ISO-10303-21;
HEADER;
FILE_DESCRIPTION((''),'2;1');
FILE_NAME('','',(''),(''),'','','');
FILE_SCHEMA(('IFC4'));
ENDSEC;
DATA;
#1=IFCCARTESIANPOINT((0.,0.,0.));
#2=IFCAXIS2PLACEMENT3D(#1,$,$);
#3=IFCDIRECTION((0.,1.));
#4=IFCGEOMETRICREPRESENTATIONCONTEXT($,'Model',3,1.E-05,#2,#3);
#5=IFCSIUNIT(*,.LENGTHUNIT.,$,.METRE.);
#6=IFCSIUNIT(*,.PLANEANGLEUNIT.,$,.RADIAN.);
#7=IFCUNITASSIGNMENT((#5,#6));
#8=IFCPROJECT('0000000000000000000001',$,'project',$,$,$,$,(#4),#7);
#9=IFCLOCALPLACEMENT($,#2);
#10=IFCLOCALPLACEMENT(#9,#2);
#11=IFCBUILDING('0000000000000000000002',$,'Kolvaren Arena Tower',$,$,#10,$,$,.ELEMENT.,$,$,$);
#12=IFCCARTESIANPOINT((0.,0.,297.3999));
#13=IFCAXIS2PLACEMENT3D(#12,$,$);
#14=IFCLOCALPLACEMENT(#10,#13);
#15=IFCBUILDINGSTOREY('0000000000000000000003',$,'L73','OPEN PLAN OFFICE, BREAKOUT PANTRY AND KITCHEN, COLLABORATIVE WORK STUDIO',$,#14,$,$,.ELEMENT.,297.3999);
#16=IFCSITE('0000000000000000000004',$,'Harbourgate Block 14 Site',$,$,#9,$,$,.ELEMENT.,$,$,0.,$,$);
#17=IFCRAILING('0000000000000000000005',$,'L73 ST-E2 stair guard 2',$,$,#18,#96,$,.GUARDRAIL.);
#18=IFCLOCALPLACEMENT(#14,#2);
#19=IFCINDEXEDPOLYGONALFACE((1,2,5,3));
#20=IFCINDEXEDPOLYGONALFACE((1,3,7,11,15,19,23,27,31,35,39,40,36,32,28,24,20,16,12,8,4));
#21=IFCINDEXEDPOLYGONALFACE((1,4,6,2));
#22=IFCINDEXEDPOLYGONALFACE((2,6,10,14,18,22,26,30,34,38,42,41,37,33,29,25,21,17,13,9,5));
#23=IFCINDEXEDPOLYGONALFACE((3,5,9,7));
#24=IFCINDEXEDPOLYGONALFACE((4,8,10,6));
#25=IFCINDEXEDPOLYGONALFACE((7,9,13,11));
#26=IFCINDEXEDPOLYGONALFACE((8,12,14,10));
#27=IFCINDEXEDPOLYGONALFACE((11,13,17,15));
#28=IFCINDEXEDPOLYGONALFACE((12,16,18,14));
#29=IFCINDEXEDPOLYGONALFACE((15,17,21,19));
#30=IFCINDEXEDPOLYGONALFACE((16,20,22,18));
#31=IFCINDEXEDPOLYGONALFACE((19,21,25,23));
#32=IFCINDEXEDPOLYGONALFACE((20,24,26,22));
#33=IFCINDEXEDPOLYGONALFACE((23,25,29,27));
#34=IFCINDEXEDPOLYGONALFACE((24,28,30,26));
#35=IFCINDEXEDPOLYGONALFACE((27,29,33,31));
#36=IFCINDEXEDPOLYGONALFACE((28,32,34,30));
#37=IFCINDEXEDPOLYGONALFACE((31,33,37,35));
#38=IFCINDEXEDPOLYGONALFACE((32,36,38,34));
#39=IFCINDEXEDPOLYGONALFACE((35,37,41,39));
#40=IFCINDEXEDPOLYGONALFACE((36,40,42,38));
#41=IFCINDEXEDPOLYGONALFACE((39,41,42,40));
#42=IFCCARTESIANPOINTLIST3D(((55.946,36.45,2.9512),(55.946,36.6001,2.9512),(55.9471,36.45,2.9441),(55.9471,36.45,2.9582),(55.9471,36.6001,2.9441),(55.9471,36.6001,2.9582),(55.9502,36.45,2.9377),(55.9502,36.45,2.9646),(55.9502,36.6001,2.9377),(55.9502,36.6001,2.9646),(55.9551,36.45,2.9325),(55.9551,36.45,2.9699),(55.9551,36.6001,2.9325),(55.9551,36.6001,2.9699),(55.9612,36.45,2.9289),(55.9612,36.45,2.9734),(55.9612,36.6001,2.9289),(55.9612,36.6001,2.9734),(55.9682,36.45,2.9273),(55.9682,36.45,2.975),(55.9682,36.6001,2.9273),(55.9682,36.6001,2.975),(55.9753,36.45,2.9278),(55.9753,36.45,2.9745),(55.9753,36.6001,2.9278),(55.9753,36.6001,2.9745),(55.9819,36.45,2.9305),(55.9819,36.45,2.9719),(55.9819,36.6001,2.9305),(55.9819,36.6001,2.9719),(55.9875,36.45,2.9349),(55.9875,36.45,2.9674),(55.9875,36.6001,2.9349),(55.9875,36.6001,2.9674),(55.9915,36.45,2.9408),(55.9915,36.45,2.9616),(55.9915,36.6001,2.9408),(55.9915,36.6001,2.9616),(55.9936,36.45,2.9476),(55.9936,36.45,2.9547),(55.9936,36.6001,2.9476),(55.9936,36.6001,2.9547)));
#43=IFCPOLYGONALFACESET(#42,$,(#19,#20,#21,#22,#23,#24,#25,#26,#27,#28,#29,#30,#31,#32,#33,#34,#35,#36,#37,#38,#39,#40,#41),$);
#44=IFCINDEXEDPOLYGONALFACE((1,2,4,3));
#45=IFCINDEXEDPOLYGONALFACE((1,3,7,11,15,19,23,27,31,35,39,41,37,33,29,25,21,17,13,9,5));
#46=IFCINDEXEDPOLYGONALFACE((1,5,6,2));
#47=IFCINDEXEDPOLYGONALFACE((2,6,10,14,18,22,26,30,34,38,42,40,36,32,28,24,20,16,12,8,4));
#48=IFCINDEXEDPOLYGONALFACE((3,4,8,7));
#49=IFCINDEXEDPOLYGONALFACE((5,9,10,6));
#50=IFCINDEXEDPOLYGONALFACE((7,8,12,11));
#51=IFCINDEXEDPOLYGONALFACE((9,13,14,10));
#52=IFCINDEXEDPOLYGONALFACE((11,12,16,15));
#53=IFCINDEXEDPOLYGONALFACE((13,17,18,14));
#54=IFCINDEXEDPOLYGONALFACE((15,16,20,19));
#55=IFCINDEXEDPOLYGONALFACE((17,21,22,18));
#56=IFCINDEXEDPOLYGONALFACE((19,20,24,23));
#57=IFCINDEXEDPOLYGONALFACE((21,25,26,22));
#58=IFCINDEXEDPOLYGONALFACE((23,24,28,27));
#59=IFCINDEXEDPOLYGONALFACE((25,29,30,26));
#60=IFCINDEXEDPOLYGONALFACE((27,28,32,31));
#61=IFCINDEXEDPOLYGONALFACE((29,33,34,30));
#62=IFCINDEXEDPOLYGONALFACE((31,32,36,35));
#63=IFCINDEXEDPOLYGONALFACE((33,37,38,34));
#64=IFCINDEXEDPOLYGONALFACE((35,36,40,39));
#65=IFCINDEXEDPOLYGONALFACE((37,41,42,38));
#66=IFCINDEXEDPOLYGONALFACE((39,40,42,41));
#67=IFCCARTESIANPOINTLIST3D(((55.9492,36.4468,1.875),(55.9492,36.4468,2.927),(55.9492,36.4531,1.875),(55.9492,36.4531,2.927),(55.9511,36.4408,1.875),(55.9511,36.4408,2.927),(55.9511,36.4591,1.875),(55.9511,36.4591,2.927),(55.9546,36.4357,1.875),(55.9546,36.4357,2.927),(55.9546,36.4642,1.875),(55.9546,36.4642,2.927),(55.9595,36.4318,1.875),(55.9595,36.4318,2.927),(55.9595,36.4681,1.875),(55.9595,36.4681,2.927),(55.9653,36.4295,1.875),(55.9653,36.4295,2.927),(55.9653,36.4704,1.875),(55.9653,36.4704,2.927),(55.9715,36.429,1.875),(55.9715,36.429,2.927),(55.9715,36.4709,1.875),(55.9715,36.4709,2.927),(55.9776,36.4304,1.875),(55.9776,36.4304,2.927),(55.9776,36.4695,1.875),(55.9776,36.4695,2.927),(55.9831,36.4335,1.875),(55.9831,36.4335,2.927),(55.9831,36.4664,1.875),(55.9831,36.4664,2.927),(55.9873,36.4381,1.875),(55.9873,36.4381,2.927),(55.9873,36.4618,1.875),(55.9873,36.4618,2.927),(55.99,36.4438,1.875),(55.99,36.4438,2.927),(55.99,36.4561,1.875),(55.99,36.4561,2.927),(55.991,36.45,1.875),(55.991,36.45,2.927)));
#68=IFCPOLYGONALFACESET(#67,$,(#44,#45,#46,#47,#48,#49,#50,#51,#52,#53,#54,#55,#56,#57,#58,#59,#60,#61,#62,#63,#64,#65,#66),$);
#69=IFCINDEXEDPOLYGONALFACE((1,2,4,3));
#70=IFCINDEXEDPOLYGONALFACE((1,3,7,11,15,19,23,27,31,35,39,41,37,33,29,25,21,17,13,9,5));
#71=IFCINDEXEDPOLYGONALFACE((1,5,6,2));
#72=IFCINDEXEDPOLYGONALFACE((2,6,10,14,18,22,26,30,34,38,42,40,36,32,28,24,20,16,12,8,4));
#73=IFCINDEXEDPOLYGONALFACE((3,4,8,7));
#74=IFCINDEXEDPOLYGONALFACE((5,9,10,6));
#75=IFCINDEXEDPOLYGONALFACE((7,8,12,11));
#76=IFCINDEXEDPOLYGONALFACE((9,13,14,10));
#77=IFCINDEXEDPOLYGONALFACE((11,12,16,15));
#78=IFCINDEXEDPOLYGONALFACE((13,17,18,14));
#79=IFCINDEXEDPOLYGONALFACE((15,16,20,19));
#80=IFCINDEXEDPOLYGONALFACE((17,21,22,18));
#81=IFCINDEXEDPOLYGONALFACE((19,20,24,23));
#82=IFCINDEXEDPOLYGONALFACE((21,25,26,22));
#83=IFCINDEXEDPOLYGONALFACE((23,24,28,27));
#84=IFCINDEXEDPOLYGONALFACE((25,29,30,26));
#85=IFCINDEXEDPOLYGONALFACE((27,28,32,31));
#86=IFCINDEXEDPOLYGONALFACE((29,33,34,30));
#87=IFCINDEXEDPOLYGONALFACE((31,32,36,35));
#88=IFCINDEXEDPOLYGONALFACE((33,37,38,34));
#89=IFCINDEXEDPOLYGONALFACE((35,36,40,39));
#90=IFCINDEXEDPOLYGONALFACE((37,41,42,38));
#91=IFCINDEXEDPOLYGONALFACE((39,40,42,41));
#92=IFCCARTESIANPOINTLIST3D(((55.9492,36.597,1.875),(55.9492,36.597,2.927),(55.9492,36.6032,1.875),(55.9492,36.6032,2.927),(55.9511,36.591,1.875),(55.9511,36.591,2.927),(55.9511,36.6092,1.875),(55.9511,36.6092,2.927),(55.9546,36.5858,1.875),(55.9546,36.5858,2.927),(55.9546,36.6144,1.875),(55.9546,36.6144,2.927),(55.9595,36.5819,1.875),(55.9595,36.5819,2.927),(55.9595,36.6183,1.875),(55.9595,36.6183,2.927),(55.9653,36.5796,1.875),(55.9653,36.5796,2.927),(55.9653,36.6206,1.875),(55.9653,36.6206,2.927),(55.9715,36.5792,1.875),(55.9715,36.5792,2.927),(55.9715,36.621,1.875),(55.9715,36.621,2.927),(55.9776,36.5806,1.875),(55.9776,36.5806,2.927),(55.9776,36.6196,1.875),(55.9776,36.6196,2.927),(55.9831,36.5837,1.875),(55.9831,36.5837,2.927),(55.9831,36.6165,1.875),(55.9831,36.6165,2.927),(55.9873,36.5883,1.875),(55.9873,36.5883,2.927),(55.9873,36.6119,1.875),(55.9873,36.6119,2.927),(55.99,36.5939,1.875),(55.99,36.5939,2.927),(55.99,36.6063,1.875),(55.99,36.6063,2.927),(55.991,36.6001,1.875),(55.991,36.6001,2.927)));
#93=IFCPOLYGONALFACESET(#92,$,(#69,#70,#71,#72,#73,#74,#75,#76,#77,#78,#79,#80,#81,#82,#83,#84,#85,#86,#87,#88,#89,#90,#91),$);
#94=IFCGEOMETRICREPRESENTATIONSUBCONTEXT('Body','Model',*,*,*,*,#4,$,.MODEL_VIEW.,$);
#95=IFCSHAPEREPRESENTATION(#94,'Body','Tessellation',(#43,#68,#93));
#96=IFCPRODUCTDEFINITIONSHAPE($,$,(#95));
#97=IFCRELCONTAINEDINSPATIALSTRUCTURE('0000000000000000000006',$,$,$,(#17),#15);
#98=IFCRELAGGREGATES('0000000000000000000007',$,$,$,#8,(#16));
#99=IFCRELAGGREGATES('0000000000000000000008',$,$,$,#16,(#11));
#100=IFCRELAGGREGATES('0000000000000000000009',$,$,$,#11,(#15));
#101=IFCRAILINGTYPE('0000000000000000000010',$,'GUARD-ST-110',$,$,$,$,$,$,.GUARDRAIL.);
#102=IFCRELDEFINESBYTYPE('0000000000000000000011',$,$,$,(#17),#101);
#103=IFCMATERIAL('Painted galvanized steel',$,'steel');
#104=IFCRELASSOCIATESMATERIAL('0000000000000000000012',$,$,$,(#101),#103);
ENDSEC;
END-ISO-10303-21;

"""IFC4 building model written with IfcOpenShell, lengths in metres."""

from ifc_helpers import new_model, si_unit, direction, frame, origin, origin_2d, place, context, subcontext, project, spatial, circle, extrude, material, type_object, element, save


model = new_model("IFC4")

# Units and contexts
model_context = context("Model", 3, precision=1e-05, world=origin(), true_north=direction((0.0, 1.0)))
body_context = subcontext(model_context, "Body", "Model", "MODEL_VIEW")
ifc_project = project(units=[si_unit("LENGTHUNIT", "METRE"), si_unit("PLANEANGLEUNIT", "RADIAN")], contexts=[model_context])

# Site, building, storey
site_placement = place(None, origin())
site = spatial("IfcSite", under=ifc_project, at=site_placement, Name="Harbourgate Block 14 Site", CompositionType="ELEMENT", RefElevation=0.0)
building_placement = place(site_placement, origin())
building = spatial("IfcBuilding", under=site, at=building_placement, Name="Kolvaren Arena Tower", CompositionType="ELEMENT")
storey_placement = place(building_placement, frame((0.0, 0.0, 297.3999)))
storey = spatial("IfcBuildingStorey", under=building, at=storey_placement, Name="L73", Description="OPEN PLAN OFFICE, BREAKOUT PANTRY AND KITCHEN, COLLABORATIVE WORK STUDIO", CompositionType="ELEMENT", Elevation=297.3999)

# Railing
ifc_material_1 = material(Name="Painted galvanized steel", Category="steel")
railing_type_1 = type_object("IfcRailingType", Name="GUARD-ST-110", PredefinedType="GUARDRAIL", material=ifc_material_1)
railing_1_placement = place(storey_placement, frame((55.97, 36.45, 1.875)))
element("IfcRailing", 1, at=railing_1_placement, inside=storey, type_object=railing_type_1, Name="L73 ST-E2 stair guard 2", PredefinedType="GUARDRAIL", context=body_context, shape_type="SweptSolid", body=[
    extrude(circle(Radius=0.0239, at=origin_2d()), frame((0.0, 0.0, 1.0762), z_axis=(0.0, 1.0, 0.0), x_axis=(-1.0, 0.0, 0.0)), (0.0, 0.0, 1.0), 0.1501),
    extrude(circle(Radius=0.021, at=origin_2d()), origin(), (0.0, 0.0, 1.0), 1.052),
    extrude(circle(Radius=0.021, at=origin_2d()), frame((0.0, 0.1501, 0.0)), (0.0, 0.0, 1.0), 1.052),
])

save(model, "model.ifc")
